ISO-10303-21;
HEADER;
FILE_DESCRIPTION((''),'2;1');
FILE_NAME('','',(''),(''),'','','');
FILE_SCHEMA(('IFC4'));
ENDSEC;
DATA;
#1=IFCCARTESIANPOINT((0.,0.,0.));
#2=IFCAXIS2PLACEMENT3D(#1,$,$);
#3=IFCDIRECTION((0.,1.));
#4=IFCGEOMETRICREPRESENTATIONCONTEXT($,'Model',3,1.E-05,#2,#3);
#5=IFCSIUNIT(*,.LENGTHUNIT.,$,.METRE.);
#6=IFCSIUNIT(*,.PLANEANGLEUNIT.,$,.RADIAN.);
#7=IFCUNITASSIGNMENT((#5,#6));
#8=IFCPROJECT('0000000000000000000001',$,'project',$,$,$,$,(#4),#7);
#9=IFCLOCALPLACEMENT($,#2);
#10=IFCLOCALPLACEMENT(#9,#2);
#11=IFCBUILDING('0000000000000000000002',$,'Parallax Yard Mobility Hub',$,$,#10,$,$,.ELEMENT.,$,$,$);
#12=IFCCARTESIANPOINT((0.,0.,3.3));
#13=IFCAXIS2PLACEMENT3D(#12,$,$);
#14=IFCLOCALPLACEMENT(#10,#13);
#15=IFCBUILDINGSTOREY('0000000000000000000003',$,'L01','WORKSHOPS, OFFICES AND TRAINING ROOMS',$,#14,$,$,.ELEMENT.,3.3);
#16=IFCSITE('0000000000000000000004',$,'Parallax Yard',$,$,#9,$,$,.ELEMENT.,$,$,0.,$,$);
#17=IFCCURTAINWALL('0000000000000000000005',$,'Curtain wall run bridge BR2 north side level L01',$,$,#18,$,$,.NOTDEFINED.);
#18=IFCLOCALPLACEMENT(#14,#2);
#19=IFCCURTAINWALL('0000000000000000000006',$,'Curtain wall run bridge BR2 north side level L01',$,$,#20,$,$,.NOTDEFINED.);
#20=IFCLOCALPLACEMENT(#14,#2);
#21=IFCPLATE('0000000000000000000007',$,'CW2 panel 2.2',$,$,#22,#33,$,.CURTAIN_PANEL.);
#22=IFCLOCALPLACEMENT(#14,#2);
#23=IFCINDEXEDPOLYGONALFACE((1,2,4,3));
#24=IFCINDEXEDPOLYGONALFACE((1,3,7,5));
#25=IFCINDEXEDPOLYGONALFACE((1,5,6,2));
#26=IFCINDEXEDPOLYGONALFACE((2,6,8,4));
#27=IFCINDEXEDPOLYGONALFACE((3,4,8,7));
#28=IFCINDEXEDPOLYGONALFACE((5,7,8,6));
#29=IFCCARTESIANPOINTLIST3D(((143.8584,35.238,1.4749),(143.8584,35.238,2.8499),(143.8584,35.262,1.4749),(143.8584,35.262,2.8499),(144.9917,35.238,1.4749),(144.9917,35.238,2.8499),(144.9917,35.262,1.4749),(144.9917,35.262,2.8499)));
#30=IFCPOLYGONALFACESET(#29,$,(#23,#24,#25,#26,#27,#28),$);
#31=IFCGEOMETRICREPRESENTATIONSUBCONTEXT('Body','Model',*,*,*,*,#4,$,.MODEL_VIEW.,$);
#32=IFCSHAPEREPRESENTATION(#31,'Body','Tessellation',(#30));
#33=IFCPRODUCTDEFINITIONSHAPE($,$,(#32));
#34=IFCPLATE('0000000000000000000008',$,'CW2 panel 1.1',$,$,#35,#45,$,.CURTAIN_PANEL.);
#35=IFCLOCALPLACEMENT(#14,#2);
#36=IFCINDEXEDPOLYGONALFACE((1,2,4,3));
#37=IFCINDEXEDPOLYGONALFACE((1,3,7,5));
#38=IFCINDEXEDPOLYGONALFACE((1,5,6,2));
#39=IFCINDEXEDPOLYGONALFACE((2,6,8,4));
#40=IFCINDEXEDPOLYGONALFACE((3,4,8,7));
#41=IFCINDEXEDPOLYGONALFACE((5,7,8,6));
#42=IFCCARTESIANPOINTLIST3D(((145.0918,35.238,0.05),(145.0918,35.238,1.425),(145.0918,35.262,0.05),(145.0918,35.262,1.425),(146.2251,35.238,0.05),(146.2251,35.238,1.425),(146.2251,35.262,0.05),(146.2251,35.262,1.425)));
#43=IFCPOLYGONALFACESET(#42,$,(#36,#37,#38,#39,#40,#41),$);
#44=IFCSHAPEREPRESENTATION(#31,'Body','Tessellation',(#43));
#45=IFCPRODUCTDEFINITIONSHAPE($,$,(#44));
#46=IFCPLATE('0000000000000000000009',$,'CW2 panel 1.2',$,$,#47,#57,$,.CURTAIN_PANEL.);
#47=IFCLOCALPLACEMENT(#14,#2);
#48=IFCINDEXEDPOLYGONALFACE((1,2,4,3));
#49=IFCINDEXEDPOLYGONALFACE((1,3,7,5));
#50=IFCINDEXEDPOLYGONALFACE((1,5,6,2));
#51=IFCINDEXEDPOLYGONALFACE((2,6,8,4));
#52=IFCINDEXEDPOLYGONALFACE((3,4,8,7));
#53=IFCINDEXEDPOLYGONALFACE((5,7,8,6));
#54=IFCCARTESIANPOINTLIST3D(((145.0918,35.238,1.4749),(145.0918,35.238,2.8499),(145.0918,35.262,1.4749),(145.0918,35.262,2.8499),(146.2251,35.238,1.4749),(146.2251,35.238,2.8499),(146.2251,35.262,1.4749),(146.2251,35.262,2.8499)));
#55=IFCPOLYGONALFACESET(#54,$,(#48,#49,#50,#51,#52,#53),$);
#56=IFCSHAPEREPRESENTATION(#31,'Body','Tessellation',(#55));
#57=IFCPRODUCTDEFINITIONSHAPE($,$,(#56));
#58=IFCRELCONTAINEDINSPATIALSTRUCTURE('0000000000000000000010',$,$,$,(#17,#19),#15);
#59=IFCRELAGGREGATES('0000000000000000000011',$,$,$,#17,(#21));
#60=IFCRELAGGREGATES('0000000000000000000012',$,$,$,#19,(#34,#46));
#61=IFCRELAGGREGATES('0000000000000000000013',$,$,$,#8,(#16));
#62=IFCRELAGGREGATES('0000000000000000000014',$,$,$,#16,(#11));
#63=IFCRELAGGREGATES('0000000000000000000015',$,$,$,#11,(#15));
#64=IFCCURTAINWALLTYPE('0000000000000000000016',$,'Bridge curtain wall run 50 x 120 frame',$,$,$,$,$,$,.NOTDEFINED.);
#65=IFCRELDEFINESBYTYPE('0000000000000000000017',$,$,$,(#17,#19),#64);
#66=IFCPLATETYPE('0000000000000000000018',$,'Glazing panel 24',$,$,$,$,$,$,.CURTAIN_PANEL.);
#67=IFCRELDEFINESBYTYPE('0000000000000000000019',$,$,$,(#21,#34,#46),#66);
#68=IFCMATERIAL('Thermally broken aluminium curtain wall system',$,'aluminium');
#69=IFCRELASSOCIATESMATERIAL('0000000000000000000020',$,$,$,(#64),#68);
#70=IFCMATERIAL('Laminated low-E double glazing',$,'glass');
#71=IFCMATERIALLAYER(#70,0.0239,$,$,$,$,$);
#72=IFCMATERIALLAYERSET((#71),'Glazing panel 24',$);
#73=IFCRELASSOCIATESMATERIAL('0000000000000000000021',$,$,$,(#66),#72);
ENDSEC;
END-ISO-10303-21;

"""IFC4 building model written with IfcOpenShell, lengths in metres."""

from ifc_helpers import new_model, si_unit, direction, frame, origin, origin_2d, place, context, subcontext, project, spatial, rectangle, extrude, material, layer, layer_set, type_object, element, aggregate, save


model = new_model("IFC4")

# Units and contexts
model_context = context("Model", 3, precision=1e-05, world=origin(), true_north=direction((0.0, 1.0)))
body_context = subcontext(model_context, "Body", "Model", "MODEL_VIEW")
ifc_project = project(units=[si_unit("LENGTHUNIT", "METRE"), si_unit("PLANEANGLEUNIT", "RADIAN")], contexts=[model_context])

# Site, building, storey
site_placement = place(None, origin())
site = spatial("IfcSite", under=ifc_project, at=site_placement, Name="Parallax Yard", CompositionType="ELEMENT", RefElevation=0.0)
building_placement = place(site_placement, origin())
building = spatial("IfcBuilding", under=site, at=building_placement, Name="Parallax Yard Mobility Hub", CompositionType="ELEMENT")
storey_placement = place(building_placement, frame((0.0, 0.0, 3.3)))
storey = spatial("IfcBuildingStorey", under=building, at=storey_placement, Name="L01", Description="WORKSHOPS, OFFICES AND TRAINING ROOMS", CompositionType="ELEMENT", Elevation=3.3)

# Curtain wall
ifc_material_1 = material(Name="Thermally broken aluminium curtain wall system", Category="aluminium")
curtain_wall_type = type_object("IfcCurtainWallType", Name="Bridge curtain wall run 50 x 120 frame", PredefinedType="NOTDEFINED", material=ifc_material_1)
curtain_wall_1_placement = place(storey_placement, origin())
curtain_wall_1 = element("IfcCurtainWall", 1, at=curtain_wall_1_placement, inside=storey, type_object=curtain_wall_type, Name="Curtain wall run bridge BR2 north side level L01", PredefinedType="NOTDEFINED")

# Curtain wall
curtain_wall_2_placement = place(storey_placement, origin())
curtain_wall_2 = element("IfcCurtainWall", 2, at=curtain_wall_2_placement, inside=storey, type_object=curtain_wall_type, Name="Curtain wall run bridge BR2 north side level L01", PredefinedType="NOTDEFINED")

# Plates
ifc_material_2 = material(Name="Laminated low-E double glazing", Category="glass")
ifc_layer = layer(ifc_material_2, 0.0239)
ifc_layer_set = layer_set([ifc_layer], Name="Glazing panel 24")
plate_type = type_object("IfcPlateType", Name="Glazing panel 24", PredefinedType="CURTAIN_PANEL", material=ifc_layer_set)
plate_1_placement = place(storey_placement, frame((144.425, 35.25, 1.4749), z_axis=(0.0, 0.0, 1.0), x_axis=(1.0, 0.0, 0.0)))
plate_1 = element("IfcPlate", 3, at=plate_1_placement, type_object=plate_type, Name="CW2 panel 2.2", PredefinedType="CURTAIN_PANEL", context=body_context, shape_type="SweptSolid", body=[
    extrude(rectangle(XDim=1.1333, YDim=0.0239, at=origin_2d()), origin(), (0.0, 0.0, 1.0), 1.375),
])
aggregate(curtain_wall_1, [plate_1])
plate_2_placement = place(storey_placement, frame((145.6584, 35.25, 0.05), z_axis=(0.0, 0.0, 1.0), x_axis=(1.0, 0.0, 0.0)))
plate_2 = element("IfcPlate", 4, at=plate_2_placement, type_object=plate_type, Name="CW2 panel 1.1", PredefinedType="CURTAIN_PANEL", context=body_context, shape_type="SweptSolid", body=[
    extrude(rectangle(XDim=1.1333, YDim=0.0239, at=origin_2d()), origin(), (0.0, 0.0, 1.0), 1.375),
])
plate_3_placement = place(storey_placement, frame((145.6584, 35.25, 1.4749), z_axis=(0.0, 0.0, 1.0), x_axis=(1.0, 0.0, 0.0)))
plate_3 = element("IfcPlate", 5, at=plate_3_placement, type_object=plate_type, Name="CW2 panel 1.2", PredefinedType="CURTAIN_PANEL", context=body_context, shape_type="SweptSolid", body=[
    extrude(rectangle(XDim=1.1333, YDim=0.0239, at=origin_2d()), origin(), (0.0, 0.0, 1.0), 1.375),
])
aggregate(curtain_wall_2, [plate_2, plate_3])

save(model, "model.ifc")
